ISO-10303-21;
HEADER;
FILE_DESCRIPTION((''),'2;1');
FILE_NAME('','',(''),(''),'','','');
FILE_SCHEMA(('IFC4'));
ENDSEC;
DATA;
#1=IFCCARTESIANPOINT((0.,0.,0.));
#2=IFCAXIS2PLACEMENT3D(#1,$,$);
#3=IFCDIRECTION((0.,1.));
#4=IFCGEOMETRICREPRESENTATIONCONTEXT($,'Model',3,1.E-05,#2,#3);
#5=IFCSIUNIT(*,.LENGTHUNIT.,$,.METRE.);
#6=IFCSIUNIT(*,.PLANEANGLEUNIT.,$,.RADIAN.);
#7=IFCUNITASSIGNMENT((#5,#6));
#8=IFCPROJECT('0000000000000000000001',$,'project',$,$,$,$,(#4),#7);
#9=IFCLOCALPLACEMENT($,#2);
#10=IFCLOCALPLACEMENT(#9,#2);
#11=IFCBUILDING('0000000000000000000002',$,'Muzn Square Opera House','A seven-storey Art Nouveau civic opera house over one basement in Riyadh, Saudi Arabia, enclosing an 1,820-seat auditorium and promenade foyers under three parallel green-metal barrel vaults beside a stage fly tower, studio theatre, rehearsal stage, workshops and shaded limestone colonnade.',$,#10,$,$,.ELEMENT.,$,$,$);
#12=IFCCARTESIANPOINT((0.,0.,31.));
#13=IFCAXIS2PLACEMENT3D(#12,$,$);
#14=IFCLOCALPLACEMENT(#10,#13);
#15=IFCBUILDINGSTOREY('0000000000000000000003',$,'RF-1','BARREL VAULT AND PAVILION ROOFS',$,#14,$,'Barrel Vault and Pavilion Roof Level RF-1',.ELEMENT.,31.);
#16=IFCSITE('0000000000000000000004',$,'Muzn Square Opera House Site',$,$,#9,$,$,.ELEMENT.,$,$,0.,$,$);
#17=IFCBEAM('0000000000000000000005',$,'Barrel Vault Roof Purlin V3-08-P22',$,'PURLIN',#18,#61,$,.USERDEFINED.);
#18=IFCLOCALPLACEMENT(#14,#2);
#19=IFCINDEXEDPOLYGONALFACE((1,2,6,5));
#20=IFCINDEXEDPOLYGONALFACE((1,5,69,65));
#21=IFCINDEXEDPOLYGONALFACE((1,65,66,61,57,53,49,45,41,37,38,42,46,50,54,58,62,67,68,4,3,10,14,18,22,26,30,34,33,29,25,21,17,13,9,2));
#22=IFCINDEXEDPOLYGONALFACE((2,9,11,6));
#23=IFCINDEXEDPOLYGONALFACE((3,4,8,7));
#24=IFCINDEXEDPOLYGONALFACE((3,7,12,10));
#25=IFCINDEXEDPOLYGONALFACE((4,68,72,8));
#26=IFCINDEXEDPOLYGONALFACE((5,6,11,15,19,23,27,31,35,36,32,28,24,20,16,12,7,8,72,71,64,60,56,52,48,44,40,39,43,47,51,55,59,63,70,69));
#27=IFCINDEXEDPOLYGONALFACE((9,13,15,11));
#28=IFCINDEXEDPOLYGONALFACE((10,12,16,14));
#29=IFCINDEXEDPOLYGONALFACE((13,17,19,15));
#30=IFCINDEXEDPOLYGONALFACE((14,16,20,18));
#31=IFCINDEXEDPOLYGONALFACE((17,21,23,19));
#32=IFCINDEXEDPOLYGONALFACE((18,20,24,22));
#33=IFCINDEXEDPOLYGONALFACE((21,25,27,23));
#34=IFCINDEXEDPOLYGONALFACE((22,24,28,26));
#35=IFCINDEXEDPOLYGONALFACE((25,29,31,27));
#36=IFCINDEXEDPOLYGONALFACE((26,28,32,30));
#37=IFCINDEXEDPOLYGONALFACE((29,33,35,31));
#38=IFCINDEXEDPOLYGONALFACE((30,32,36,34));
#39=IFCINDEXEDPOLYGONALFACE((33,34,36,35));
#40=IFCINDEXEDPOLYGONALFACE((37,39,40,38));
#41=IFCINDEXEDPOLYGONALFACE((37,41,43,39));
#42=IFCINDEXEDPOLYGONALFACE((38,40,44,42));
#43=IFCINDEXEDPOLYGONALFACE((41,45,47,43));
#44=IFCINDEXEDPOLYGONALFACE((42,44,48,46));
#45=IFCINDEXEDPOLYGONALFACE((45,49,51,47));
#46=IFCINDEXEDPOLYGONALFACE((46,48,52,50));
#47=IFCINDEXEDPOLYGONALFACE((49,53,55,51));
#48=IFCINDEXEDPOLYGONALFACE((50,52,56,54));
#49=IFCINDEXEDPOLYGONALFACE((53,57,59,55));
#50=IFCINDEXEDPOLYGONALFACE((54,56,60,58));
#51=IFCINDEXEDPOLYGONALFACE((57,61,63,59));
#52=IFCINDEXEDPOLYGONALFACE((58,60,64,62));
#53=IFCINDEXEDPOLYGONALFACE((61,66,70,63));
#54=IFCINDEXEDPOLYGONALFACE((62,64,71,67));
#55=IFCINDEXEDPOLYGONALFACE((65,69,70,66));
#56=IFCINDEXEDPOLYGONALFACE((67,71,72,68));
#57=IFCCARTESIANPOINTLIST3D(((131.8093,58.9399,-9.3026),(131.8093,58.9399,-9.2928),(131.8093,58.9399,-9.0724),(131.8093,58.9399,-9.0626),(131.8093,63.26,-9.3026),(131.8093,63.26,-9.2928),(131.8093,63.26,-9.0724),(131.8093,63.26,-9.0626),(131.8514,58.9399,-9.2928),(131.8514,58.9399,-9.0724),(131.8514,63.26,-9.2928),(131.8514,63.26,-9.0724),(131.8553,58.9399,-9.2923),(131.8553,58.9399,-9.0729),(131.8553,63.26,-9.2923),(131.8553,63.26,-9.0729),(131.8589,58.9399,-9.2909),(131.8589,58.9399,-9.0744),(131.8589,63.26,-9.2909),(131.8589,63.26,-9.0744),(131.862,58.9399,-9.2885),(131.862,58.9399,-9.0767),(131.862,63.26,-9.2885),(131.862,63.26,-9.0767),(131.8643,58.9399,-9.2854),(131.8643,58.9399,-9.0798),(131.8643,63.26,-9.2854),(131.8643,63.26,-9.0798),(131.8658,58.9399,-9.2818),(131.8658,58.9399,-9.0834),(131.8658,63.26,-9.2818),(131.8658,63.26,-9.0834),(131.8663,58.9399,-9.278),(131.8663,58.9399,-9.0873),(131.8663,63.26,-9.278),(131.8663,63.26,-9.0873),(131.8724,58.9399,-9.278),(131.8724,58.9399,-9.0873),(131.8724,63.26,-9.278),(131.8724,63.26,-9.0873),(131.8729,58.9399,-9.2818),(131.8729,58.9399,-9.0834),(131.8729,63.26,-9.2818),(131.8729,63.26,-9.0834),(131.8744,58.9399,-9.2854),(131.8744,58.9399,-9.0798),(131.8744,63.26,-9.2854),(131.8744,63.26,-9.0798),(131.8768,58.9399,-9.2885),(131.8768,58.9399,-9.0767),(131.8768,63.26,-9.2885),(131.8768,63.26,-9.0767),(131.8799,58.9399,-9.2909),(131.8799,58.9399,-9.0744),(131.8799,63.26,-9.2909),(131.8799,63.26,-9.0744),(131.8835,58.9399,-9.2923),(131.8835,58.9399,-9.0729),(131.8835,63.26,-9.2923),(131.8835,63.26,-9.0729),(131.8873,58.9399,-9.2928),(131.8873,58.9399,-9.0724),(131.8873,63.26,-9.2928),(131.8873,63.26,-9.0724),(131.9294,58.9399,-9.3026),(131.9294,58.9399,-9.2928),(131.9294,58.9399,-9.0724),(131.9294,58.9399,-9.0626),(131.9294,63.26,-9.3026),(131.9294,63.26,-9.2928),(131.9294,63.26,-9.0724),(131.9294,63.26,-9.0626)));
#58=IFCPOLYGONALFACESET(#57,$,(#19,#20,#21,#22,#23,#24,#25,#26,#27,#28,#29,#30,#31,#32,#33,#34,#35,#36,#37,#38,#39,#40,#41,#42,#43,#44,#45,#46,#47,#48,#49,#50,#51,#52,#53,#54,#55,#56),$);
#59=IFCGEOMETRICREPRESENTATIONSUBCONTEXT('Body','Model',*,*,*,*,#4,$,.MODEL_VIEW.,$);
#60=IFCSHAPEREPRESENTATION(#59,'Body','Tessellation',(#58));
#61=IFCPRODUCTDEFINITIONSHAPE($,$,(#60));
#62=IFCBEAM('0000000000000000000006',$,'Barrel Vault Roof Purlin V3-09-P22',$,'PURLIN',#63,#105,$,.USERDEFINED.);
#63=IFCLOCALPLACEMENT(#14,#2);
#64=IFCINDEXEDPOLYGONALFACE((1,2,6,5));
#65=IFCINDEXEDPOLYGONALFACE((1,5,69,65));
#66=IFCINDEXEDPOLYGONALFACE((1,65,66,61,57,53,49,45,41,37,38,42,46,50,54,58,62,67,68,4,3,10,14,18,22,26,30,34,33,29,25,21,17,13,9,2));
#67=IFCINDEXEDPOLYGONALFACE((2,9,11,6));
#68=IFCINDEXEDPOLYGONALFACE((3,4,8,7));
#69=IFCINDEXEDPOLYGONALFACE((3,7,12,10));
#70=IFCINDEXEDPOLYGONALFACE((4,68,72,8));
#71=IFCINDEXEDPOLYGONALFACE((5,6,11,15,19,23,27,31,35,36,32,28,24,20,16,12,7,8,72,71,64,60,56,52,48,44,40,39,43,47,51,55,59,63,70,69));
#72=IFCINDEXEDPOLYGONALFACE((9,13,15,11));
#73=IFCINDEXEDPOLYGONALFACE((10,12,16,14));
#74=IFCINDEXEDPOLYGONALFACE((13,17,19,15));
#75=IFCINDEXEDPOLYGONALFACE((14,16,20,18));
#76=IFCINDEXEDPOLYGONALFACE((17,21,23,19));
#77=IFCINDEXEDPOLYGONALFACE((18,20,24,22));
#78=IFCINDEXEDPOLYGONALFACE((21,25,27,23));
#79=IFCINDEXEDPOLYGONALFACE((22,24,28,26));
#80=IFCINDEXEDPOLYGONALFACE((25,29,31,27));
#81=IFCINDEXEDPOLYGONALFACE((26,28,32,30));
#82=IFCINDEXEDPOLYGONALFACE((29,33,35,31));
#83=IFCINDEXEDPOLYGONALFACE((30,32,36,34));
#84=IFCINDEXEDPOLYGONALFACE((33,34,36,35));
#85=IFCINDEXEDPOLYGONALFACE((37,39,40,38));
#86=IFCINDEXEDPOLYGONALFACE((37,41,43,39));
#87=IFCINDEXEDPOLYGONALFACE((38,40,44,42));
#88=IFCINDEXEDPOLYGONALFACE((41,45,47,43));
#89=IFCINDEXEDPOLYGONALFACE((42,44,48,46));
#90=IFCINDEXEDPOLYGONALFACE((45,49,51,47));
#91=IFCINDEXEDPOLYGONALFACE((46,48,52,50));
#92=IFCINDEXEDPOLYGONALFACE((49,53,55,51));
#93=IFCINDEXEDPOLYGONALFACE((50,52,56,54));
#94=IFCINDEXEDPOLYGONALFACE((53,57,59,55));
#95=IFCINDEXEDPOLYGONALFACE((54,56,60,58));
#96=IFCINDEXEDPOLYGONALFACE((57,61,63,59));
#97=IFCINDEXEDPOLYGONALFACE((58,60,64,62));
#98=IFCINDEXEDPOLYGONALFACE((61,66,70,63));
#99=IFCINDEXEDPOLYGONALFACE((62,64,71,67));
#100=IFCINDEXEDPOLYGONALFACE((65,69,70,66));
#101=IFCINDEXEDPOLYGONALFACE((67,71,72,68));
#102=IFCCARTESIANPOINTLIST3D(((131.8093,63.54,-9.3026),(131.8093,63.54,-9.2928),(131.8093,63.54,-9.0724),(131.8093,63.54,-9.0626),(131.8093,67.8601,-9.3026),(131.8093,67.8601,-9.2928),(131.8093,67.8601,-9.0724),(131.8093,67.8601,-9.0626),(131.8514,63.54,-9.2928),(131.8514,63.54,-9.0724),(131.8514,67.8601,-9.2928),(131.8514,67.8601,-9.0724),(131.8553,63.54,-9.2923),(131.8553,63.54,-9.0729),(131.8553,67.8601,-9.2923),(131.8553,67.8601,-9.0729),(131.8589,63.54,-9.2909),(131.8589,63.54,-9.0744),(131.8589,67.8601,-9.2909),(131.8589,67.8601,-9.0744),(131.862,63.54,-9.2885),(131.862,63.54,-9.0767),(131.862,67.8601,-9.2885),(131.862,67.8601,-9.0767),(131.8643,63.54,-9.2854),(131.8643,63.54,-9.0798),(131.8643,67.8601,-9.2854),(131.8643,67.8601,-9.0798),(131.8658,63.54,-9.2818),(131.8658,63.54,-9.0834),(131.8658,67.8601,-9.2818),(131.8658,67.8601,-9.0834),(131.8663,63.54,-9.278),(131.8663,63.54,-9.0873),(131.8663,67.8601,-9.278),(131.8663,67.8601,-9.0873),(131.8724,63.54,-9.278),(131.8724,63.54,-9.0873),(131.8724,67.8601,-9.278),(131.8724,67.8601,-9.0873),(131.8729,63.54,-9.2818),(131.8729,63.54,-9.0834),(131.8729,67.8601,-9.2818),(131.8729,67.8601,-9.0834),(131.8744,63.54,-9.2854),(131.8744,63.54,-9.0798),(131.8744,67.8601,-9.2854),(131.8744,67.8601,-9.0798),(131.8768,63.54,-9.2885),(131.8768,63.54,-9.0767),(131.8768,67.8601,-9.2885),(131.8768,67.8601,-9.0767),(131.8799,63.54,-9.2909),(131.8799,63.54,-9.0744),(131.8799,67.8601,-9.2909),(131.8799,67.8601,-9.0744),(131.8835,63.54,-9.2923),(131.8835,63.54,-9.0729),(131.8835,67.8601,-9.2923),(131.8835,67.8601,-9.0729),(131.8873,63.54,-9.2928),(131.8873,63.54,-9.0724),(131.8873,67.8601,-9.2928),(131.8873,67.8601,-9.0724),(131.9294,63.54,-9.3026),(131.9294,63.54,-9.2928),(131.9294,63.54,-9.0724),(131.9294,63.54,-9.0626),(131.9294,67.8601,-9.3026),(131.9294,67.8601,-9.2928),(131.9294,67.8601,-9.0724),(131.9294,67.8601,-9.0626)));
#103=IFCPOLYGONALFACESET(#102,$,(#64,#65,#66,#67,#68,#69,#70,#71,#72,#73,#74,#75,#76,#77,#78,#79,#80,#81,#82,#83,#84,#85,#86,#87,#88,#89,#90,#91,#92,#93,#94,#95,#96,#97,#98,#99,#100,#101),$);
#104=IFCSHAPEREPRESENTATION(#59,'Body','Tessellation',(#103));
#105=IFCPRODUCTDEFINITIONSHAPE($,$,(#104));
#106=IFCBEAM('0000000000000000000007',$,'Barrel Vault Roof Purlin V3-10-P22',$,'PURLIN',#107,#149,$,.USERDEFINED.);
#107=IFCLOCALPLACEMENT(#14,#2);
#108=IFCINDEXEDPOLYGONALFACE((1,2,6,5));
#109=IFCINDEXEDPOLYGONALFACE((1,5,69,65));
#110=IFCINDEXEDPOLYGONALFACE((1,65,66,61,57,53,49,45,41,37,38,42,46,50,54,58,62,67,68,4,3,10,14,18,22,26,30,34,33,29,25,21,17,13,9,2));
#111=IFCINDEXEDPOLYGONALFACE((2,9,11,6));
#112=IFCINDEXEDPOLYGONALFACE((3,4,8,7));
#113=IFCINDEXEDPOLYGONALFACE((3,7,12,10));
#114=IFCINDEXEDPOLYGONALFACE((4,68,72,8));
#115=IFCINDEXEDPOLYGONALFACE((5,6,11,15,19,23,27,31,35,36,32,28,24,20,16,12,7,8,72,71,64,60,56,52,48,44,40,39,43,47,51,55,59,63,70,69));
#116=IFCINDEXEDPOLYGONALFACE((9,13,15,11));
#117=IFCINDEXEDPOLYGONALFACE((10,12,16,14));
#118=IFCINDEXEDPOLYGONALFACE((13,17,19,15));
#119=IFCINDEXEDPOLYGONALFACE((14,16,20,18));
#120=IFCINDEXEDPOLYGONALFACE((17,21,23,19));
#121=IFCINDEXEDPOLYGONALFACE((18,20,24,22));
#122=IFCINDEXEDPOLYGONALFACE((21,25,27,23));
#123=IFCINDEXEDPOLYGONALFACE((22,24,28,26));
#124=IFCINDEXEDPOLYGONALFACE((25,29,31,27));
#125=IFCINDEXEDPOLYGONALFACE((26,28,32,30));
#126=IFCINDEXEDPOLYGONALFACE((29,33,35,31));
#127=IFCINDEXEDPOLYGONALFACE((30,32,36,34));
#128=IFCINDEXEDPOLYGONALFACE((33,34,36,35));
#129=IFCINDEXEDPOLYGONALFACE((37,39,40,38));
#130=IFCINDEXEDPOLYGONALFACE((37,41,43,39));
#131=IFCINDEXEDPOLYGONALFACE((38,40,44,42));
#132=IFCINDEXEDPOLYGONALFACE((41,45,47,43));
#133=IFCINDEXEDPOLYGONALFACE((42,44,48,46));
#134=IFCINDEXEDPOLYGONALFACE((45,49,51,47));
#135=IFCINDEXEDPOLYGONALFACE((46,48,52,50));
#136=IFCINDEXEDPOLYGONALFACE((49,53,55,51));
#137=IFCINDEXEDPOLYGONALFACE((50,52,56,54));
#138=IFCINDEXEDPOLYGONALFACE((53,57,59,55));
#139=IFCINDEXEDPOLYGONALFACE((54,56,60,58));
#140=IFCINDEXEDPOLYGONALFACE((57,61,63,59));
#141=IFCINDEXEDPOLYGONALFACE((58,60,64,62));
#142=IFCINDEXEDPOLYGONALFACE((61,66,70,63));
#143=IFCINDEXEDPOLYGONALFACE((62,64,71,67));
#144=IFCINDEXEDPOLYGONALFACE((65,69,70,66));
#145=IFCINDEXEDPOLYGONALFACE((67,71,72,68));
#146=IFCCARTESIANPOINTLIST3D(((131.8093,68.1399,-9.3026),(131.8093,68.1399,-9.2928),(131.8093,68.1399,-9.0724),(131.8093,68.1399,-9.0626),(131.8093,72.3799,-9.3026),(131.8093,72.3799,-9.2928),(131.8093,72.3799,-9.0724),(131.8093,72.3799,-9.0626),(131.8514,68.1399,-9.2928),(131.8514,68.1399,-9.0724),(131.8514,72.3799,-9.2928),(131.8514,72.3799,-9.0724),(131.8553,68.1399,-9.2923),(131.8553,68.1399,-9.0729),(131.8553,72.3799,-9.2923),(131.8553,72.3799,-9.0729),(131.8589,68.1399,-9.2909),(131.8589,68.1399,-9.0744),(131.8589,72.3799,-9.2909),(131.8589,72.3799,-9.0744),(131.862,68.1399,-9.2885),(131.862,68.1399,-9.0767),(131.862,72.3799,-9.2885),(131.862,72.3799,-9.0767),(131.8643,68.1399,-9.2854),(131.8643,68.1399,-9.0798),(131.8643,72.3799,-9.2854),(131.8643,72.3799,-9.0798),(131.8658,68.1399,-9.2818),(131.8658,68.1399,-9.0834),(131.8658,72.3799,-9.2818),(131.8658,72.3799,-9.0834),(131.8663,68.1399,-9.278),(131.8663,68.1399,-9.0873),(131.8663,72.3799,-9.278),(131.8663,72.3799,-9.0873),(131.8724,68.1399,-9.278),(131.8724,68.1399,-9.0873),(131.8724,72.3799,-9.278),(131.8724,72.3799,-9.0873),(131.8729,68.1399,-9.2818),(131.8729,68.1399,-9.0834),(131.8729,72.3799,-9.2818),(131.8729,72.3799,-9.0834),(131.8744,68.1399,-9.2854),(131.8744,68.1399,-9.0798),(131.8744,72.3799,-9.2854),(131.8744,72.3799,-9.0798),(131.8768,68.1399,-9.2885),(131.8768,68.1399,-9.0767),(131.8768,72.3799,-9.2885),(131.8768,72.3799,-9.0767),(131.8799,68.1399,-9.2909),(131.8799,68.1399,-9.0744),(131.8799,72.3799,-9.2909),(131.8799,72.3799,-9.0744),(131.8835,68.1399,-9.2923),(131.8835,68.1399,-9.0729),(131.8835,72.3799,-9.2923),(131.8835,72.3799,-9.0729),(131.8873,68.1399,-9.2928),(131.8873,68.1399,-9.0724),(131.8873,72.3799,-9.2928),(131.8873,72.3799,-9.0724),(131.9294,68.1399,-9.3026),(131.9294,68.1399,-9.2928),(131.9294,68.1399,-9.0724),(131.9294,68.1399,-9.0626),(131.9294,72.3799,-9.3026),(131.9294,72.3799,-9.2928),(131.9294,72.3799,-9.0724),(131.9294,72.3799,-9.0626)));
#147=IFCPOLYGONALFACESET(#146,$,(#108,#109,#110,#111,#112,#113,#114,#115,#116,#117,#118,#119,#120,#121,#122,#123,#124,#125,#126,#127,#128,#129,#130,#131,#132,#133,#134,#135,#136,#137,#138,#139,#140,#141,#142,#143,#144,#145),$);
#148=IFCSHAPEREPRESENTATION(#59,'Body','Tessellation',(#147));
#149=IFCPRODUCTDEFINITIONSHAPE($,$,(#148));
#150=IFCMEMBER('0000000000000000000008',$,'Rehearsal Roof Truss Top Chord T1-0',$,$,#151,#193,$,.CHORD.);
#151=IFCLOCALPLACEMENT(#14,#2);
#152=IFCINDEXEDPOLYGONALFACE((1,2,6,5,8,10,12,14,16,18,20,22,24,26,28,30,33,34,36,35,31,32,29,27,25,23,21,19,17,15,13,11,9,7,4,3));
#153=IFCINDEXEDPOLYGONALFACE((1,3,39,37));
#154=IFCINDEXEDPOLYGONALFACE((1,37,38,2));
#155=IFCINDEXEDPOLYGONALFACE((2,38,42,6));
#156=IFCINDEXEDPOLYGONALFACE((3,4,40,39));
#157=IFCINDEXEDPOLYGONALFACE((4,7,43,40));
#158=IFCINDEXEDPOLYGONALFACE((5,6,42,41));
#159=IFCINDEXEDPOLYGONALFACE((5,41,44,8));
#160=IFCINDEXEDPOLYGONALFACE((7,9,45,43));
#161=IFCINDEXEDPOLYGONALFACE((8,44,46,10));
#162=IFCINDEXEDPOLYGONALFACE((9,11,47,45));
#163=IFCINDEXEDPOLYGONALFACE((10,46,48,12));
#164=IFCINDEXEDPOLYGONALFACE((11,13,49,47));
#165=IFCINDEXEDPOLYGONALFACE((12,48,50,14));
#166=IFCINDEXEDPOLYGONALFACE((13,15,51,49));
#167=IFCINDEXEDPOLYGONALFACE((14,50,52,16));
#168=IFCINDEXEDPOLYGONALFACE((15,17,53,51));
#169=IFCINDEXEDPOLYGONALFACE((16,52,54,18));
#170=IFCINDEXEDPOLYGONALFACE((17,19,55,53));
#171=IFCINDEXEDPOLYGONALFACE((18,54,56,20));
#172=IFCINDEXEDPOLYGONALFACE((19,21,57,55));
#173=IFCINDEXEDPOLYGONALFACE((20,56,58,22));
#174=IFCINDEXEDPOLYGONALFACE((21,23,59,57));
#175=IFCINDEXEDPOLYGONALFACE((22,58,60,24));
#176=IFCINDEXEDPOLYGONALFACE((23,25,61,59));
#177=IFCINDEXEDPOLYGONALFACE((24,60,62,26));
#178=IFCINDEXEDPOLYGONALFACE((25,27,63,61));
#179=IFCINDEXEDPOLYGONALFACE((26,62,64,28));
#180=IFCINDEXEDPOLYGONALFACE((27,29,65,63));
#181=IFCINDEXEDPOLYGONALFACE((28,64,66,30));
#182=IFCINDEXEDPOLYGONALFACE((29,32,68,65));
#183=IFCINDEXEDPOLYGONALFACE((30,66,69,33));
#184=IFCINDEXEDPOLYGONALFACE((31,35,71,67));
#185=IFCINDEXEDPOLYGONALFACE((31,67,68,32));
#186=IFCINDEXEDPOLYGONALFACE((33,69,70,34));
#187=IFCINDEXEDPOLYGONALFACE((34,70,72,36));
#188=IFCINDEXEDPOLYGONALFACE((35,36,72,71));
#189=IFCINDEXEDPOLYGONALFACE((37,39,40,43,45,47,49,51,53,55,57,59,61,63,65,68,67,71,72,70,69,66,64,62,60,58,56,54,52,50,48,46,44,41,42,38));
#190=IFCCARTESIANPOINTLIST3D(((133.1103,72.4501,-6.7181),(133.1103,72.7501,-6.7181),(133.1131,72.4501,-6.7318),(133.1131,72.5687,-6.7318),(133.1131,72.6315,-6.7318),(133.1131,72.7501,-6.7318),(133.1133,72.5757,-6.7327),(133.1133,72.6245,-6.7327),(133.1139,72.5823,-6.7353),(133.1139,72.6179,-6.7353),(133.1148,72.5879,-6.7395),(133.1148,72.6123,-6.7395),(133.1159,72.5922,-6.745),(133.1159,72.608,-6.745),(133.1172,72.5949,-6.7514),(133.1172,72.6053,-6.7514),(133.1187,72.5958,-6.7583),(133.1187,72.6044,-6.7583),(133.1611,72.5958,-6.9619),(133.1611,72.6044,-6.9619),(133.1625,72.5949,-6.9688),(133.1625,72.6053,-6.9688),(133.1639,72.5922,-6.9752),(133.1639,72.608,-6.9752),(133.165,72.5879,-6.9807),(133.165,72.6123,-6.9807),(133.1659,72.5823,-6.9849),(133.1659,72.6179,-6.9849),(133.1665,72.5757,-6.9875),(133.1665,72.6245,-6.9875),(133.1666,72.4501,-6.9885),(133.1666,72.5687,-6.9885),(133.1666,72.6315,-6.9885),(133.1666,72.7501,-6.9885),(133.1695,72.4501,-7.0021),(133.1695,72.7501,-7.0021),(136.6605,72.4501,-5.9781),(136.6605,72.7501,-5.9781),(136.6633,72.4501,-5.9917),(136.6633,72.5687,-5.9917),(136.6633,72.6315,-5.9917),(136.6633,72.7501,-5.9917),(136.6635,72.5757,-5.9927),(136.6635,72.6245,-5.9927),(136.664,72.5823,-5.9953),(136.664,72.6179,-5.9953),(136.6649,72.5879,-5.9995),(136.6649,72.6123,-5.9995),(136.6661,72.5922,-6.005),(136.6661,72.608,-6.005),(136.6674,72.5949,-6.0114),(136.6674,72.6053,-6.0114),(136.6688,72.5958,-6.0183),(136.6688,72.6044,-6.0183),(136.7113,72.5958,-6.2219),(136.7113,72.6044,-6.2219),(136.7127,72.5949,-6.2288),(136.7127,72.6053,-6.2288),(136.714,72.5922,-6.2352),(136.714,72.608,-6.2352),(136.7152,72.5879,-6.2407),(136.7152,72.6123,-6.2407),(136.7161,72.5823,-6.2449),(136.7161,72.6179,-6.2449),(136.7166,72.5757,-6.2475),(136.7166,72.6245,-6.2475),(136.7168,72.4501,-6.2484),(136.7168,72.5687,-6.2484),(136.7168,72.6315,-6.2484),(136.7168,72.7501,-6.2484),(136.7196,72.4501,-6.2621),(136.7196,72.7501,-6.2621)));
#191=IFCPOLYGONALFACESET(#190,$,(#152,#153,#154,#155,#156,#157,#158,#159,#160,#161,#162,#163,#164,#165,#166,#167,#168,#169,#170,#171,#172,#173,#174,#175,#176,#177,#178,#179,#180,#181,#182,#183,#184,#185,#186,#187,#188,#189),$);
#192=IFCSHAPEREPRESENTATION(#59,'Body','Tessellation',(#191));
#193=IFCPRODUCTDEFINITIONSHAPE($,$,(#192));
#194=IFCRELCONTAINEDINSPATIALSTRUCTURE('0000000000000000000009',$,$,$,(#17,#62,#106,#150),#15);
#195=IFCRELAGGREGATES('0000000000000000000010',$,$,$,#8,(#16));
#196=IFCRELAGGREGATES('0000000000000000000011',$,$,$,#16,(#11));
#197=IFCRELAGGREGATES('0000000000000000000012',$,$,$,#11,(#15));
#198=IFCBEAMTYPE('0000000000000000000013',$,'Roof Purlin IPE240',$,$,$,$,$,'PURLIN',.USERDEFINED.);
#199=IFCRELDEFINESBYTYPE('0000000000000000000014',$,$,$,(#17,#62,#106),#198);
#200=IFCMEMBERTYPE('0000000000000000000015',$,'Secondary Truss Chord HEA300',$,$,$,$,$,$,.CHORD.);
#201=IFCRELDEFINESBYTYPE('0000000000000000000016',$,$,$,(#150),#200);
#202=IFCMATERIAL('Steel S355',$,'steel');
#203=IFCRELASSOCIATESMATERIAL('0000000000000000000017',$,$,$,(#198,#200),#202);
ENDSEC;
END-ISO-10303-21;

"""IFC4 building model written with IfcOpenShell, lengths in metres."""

from ifc_helpers import new_model, si_unit, direction, frame, origin, origin_2d, place, context, subcontext, project, spatial, i_section, extrude, material, material_profile, profile_set, type_object, element, save


model = new_model("IFC4")

# Units and contexts
model_context = context("Model", 3, precision=1e-05, world=origin(), true_north=direction((0.0, 1.0)))
body_context = subcontext(model_context, "Body", "Model", "MODEL_VIEW")
ifc_project = project(units=[si_unit("LENGTHUNIT", "METRE"), si_unit("PLANEANGLEUNIT", "RADIAN")], contexts=[model_context])

# Site, building, storey
site_placement = place(None, origin())
site = spatial("IfcSite", under=ifc_project, at=site_placement, Name="Muzn Square Opera House Site", CompositionType="ELEMENT", RefElevation=0.0)
building_placement = place(site_placement, origin())
building = spatial("IfcBuilding", under=site, at=building_placement, Name="Muzn Square Opera House", Description="A seven-storey Art Nouveau civic opera house over one basement in Riyadh, Saudi Arabia, enclosing an 1,820-seat auditorium and promenade foyers under three parallel green-metal barrel vaults beside a stage fly tower, studio theatre, rehearsal stage, workshops and shaded limestone colonnade.", CompositionType="ELEMENT")
storey_placement = place(building_placement, frame((0.0, 0.0, 31.0)))
storey = spatial("IfcBuildingStorey", under=building, at=storey_placement, Name="RF-1", Description="BARREL VAULT AND PAVILION ROOFS", LongName="Barrel Vault and Pavilion Roof Level RF-1", CompositionType="ELEMENT", Elevation=31.0)

# Shared definitions
ifc_material_1 = material(Name="Steel S355", Category="steel")

# Beams
ifc_material_profile_1 = material_profile(ifc_material_1, i_section(OverallWidth=0.1201, OverallDepth=0.24, WebThickness=0.0061, FlangeThickness=0.0098, FilletRadius=0.0149, at=origin_2d()), Name="IPE 240", Category="steel")
ifc_profile_set_1 = profile_set([ifc_material_profile_1], Name="Steel S355")
beam_type_1 = type_object("IfcBeamType", Name="Roof Purlin IPE240", ElementType="PURLIN", PredefinedType="USERDEFINED", material=ifc_profile_set_1)
for number, where, z_axis, x_axis, name in (
    (1, (131.8694, 58.9399, -9.1826), (0.0, 1.0, 0.0), (-1.0, 0.0, 0.0), "Barrel Vault Roof Purlin V3-08-P22"),
    (2, (131.8694, 63.54, -9.1826), (0.0, 1.0, 0.0), (-1.0, 0.0, 0.0), "Barrel Vault Roof Purlin V3-09-P22"),
):
    element("IfcBeam", number, at=place(storey_placement, frame(where, z_axis=z_axis, x_axis=x_axis)), inside=storey, type_object=beam_type_1, Name=name, ObjectType="PURLIN", PredefinedType="USERDEFINED", context=body_context, shape_type="SweptSolid", body=[
        extrude(i_section(OverallWidth=0.1201, OverallDepth=0.24, WebThickness=0.0061, FlangeThickness=0.0098, FilletRadius=0.0149, at=origin_2d()), origin(), (0.0, 0.0, 1.0), 4.3201),
    ])
beam_1_placement = place(storey_placement, frame((131.8694, 68.1399, -9.1826), z_axis=(0.0, 1.0, 0.0), x_axis=(-1.0, 0.0, 0.0)))
element("IfcBeam", 3, at=beam_1_placement, inside=storey, type_object=beam_type_1, Name="Barrel Vault Roof Purlin V3-10-P22", ObjectType="PURLIN", PredefinedType="USERDEFINED", context=body_context, shape_type="SweptSolid", body=[
    extrude(i_section(OverallWidth=0.1201, OverallDepth=0.24, WebThickness=0.0061, FlangeThickness=0.0098, FilletRadius=0.0149, at=origin_2d()), origin(), (0.0, 0.0, 1.0), 4.24),
])

# Member
ifc_material_profile_2 = material_profile(ifc_material_1, i_section(OverallWidth=0.3, OverallDepth=0.29, WebThickness=0.0085, FlangeThickness=0.0139, FilletRadius=0.0271, at=origin_2d()), Name="HEA 300", Category="steel")
ifc_profile_set_2 = profile_set([ifc_material_profile_2], Name="Steel S355")
member_type_1 = type_object("IfcMemberType", Name="Secondary Truss Chord HEA300", PredefinedType="CHORD", material=ifc_profile_set_2)
member_1_placement = place(storey_placement, frame((133.1399, 72.6001, -6.8601), z_axis=(0.978959, 0.0, 0.204059), x_axis=(0.0, 1.0, 0.0)))
element("IfcMember", 4, at=member_1_placement, inside=storey, type_object=member_type_1, Name="Rehearsal Roof Truss Top Chord T1-0", PredefinedType="CHORD", context=body_context, shape_type="SweptSolid", body=[
    extrude(i_section(OverallWidth=0.3, OverallDepth=0.29, WebThickness=0.0085, FlangeThickness=0.0139, FilletRadius=0.0271, at=origin_2d()), origin(), (0.0, 0.0, 1.0), 3.6265),
])

save(model, "model.ifc")
